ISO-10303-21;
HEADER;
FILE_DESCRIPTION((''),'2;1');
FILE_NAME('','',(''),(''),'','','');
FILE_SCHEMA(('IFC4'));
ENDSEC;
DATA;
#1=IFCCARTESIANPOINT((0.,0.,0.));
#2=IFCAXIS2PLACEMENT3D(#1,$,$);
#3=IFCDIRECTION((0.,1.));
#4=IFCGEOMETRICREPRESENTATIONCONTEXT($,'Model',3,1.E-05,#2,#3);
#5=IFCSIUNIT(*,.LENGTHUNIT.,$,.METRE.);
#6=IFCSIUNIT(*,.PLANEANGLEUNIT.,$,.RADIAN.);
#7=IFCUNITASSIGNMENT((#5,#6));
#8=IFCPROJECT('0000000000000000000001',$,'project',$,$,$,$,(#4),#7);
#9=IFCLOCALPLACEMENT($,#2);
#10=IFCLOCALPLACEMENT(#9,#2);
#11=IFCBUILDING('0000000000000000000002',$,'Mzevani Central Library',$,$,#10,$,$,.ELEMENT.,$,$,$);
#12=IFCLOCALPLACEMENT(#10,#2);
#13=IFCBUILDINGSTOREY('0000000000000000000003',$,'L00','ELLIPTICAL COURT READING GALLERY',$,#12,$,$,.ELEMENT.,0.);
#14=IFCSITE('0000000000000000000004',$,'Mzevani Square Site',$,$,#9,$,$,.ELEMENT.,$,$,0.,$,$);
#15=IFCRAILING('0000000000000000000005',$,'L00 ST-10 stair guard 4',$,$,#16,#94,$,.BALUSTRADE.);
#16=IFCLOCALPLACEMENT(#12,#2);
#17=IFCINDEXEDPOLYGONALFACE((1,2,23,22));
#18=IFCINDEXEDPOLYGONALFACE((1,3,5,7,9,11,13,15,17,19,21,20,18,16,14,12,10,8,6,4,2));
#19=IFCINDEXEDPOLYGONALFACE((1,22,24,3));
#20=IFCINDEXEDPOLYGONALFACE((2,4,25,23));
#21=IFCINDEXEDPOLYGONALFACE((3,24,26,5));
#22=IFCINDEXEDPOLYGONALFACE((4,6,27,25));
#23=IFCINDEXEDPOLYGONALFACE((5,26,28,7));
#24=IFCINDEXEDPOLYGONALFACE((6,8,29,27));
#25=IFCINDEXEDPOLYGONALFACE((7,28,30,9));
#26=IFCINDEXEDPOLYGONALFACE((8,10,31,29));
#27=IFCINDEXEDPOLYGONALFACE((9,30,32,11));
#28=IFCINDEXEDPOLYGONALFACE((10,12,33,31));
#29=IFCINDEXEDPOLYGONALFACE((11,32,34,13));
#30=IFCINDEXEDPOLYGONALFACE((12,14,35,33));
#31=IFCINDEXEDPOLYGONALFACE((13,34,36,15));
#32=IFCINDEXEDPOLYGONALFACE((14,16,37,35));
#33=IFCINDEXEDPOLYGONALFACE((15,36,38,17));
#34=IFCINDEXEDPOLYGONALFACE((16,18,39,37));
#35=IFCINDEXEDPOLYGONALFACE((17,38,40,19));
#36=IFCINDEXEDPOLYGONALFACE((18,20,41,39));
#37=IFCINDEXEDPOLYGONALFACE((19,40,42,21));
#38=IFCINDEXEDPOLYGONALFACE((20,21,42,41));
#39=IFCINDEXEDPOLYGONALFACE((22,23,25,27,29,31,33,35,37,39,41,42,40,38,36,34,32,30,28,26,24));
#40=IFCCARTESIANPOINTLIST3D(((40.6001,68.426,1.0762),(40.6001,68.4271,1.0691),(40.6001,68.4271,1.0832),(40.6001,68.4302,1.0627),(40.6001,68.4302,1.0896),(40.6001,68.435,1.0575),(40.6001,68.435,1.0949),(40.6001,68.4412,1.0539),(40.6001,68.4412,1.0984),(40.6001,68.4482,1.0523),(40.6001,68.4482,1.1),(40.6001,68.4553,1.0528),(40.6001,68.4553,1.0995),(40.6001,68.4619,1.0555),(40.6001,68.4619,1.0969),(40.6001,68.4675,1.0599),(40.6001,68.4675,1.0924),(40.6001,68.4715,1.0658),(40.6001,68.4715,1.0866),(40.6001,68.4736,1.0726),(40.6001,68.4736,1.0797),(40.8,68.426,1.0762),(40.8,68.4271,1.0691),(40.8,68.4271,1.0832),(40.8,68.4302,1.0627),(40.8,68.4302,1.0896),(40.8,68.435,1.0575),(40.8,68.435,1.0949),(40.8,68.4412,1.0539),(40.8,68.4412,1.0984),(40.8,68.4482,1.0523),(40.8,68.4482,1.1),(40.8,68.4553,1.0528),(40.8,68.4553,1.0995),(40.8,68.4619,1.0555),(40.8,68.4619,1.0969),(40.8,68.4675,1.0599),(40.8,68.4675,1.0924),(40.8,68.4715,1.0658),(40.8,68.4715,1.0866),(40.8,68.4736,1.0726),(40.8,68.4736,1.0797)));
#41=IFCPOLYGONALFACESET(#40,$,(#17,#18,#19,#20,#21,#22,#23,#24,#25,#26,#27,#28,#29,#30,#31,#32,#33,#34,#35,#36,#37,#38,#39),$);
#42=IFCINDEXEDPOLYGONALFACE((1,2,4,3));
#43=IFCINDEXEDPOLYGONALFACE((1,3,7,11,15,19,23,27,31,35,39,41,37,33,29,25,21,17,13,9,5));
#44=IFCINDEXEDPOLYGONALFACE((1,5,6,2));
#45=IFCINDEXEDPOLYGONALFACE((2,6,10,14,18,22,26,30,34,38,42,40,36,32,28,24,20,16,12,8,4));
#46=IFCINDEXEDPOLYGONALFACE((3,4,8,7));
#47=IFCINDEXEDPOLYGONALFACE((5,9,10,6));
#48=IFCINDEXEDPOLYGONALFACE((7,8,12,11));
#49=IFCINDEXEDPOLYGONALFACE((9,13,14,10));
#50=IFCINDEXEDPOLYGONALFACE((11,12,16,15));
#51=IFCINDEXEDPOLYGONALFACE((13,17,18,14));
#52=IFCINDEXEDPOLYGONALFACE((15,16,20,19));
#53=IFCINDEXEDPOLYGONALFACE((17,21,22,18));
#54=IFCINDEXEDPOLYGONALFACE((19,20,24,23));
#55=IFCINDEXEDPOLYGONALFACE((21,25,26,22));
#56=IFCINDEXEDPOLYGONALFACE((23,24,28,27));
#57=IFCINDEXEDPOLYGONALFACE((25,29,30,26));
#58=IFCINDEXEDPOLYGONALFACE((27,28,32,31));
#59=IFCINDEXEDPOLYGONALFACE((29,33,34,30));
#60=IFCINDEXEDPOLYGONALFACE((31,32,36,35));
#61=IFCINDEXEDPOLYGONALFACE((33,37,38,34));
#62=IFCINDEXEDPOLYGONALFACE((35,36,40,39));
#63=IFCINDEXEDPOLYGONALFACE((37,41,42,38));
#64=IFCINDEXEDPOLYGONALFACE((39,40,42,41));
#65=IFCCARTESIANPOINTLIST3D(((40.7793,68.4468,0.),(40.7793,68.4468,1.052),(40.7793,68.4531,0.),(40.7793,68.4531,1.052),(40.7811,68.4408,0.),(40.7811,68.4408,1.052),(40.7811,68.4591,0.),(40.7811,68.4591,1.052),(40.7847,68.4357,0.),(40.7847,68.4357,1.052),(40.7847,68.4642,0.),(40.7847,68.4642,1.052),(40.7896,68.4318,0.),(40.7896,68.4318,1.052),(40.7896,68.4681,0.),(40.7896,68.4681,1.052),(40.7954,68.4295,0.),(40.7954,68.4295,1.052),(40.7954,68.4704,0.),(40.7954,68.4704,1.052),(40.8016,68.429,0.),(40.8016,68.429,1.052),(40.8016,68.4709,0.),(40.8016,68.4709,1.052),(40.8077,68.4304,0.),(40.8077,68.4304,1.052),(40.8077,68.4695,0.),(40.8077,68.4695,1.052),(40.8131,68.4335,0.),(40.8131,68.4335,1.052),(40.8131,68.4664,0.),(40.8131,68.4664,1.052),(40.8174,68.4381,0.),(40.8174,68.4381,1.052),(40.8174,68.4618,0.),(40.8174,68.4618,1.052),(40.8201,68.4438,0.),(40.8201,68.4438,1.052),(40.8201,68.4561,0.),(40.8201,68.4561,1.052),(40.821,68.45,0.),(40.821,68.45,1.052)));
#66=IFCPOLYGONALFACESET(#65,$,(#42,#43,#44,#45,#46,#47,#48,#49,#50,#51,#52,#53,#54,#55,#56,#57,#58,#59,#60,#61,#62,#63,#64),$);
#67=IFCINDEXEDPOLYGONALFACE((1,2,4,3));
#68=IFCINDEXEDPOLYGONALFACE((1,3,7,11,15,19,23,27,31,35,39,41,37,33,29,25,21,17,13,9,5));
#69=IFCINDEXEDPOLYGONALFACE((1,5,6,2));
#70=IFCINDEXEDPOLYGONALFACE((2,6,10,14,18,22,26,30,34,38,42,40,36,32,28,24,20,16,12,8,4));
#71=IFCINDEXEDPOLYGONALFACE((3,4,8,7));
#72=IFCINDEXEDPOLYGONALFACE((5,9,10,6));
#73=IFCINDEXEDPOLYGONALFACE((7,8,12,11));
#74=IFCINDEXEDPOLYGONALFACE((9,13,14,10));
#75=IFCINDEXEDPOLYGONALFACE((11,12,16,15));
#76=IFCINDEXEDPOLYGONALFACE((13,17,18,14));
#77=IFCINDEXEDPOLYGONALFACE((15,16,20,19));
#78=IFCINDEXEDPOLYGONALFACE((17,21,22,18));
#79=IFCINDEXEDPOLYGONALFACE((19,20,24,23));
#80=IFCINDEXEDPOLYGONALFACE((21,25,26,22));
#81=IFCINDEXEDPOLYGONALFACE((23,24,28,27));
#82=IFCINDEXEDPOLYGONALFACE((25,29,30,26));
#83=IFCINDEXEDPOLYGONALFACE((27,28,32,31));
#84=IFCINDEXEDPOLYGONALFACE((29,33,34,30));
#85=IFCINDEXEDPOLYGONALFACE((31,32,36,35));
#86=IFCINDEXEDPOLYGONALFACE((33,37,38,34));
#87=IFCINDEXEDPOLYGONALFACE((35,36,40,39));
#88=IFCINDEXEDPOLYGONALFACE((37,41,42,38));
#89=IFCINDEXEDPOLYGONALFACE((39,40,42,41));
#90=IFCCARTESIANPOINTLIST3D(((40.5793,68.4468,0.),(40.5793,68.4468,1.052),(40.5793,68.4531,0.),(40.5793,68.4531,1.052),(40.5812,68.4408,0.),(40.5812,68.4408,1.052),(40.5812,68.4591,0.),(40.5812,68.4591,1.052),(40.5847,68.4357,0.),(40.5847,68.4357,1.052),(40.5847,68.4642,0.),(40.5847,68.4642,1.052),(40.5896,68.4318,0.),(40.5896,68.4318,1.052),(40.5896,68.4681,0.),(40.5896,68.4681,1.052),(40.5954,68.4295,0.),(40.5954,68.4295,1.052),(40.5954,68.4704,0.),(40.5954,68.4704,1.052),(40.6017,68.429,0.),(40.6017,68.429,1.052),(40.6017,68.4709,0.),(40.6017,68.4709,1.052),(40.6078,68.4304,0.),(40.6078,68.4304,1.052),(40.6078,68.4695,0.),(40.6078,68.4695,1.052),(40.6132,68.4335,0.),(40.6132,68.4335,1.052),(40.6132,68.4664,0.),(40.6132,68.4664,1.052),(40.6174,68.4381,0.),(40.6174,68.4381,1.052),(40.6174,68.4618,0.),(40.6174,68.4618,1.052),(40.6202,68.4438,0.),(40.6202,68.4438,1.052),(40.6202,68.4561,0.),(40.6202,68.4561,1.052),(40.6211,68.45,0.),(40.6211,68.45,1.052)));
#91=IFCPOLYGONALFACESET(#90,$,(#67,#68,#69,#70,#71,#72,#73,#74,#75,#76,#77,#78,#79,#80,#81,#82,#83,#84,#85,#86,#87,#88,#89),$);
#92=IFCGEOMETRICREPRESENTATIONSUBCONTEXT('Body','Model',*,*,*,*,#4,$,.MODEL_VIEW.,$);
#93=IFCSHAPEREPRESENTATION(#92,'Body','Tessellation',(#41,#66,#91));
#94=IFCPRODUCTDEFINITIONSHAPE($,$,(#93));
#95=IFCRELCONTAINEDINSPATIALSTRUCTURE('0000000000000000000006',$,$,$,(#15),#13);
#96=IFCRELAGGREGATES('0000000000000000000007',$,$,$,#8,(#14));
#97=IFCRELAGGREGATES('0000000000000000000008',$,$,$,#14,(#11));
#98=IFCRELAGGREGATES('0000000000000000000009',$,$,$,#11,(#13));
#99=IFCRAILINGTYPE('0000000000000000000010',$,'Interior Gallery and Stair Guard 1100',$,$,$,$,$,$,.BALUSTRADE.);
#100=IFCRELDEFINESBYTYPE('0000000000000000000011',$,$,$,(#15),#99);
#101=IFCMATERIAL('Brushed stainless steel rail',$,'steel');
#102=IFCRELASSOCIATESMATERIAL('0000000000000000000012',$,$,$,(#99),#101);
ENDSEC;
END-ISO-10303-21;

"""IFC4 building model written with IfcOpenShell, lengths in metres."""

from ifc_helpers import new_model, si_unit, direction, frame, origin, origin_2d, place, context, subcontext, project, spatial, circle, extrude, material, type_object, element, save


model = new_model("IFC4")

# Units and contexts
model_context = context("Model", 3, precision=1e-05, world=origin(), true_north=direction((0.0, 1.0)))
body_context = subcontext(model_context, "Body", "Model", "MODEL_VIEW")
ifc_project = project(units=[si_unit("LENGTHUNIT", "METRE"), si_unit("PLANEANGLEUNIT", "RADIAN")], contexts=[model_context])

# Site, building, storey
site_placement = place(None, origin())
site = spatial("IfcSite", under=ifc_project, at=site_placement, Name="Mzevani Square Site", CompositionType="ELEMENT", RefElevation=0.0)
building_placement = place(site_placement, origin())
building = spatial("IfcBuilding", under=site, at=building_placement, Name="Mzevani Central Library", CompositionType="ELEMENT")
storey_placement = place(building_placement, origin())
storey = spatial("IfcBuildingStorey", under=building, at=storey_placement, Name="L00", Description="ELLIPTICAL COURT READING GALLERY", CompositionType="ELEMENT", Elevation=0.0)

# Railing
ifc_material_1 = material(Name="Brushed stainless steel rail", Category="steel")
railing_type_1 = type_object("IfcRailingType", Name="Interior Gallery and Stair Guard 1100", PredefinedType="BALUSTRADE", material=ifc_material_1)
railing_1_placement = place(storey_placement, frame((40.8, 68.45, 0.0)))
element("IfcRailing", 1, at=railing_1_placement, inside=storey, type_object=railing_type_1, Name="L00 ST-10 stair guard 4", PredefinedType="BALUSTRADE", context=body_context, shape_type="SweptSolid", body=[
    extrude(circle(Radius=0.0239, at=origin_2d()), frame((0.0, 0.0, 1.0762), z_axis=(-1.0, 0.0, 0.0), x_axis=(0.0, -1.0, 0.0)), (0.0, 0.0, 1.0), 0.2),
    extrude(circle(Radius=0.021, at=origin_2d()), origin(), (0.0, 0.0, 1.0), 1.052),
    extrude(circle(Radius=0.021, at=origin_2d()), frame((-0.2, 0.0, 0.0)), (0.0, 0.0, 1.0), 1.052),
])

save(model, "model.ifc")
